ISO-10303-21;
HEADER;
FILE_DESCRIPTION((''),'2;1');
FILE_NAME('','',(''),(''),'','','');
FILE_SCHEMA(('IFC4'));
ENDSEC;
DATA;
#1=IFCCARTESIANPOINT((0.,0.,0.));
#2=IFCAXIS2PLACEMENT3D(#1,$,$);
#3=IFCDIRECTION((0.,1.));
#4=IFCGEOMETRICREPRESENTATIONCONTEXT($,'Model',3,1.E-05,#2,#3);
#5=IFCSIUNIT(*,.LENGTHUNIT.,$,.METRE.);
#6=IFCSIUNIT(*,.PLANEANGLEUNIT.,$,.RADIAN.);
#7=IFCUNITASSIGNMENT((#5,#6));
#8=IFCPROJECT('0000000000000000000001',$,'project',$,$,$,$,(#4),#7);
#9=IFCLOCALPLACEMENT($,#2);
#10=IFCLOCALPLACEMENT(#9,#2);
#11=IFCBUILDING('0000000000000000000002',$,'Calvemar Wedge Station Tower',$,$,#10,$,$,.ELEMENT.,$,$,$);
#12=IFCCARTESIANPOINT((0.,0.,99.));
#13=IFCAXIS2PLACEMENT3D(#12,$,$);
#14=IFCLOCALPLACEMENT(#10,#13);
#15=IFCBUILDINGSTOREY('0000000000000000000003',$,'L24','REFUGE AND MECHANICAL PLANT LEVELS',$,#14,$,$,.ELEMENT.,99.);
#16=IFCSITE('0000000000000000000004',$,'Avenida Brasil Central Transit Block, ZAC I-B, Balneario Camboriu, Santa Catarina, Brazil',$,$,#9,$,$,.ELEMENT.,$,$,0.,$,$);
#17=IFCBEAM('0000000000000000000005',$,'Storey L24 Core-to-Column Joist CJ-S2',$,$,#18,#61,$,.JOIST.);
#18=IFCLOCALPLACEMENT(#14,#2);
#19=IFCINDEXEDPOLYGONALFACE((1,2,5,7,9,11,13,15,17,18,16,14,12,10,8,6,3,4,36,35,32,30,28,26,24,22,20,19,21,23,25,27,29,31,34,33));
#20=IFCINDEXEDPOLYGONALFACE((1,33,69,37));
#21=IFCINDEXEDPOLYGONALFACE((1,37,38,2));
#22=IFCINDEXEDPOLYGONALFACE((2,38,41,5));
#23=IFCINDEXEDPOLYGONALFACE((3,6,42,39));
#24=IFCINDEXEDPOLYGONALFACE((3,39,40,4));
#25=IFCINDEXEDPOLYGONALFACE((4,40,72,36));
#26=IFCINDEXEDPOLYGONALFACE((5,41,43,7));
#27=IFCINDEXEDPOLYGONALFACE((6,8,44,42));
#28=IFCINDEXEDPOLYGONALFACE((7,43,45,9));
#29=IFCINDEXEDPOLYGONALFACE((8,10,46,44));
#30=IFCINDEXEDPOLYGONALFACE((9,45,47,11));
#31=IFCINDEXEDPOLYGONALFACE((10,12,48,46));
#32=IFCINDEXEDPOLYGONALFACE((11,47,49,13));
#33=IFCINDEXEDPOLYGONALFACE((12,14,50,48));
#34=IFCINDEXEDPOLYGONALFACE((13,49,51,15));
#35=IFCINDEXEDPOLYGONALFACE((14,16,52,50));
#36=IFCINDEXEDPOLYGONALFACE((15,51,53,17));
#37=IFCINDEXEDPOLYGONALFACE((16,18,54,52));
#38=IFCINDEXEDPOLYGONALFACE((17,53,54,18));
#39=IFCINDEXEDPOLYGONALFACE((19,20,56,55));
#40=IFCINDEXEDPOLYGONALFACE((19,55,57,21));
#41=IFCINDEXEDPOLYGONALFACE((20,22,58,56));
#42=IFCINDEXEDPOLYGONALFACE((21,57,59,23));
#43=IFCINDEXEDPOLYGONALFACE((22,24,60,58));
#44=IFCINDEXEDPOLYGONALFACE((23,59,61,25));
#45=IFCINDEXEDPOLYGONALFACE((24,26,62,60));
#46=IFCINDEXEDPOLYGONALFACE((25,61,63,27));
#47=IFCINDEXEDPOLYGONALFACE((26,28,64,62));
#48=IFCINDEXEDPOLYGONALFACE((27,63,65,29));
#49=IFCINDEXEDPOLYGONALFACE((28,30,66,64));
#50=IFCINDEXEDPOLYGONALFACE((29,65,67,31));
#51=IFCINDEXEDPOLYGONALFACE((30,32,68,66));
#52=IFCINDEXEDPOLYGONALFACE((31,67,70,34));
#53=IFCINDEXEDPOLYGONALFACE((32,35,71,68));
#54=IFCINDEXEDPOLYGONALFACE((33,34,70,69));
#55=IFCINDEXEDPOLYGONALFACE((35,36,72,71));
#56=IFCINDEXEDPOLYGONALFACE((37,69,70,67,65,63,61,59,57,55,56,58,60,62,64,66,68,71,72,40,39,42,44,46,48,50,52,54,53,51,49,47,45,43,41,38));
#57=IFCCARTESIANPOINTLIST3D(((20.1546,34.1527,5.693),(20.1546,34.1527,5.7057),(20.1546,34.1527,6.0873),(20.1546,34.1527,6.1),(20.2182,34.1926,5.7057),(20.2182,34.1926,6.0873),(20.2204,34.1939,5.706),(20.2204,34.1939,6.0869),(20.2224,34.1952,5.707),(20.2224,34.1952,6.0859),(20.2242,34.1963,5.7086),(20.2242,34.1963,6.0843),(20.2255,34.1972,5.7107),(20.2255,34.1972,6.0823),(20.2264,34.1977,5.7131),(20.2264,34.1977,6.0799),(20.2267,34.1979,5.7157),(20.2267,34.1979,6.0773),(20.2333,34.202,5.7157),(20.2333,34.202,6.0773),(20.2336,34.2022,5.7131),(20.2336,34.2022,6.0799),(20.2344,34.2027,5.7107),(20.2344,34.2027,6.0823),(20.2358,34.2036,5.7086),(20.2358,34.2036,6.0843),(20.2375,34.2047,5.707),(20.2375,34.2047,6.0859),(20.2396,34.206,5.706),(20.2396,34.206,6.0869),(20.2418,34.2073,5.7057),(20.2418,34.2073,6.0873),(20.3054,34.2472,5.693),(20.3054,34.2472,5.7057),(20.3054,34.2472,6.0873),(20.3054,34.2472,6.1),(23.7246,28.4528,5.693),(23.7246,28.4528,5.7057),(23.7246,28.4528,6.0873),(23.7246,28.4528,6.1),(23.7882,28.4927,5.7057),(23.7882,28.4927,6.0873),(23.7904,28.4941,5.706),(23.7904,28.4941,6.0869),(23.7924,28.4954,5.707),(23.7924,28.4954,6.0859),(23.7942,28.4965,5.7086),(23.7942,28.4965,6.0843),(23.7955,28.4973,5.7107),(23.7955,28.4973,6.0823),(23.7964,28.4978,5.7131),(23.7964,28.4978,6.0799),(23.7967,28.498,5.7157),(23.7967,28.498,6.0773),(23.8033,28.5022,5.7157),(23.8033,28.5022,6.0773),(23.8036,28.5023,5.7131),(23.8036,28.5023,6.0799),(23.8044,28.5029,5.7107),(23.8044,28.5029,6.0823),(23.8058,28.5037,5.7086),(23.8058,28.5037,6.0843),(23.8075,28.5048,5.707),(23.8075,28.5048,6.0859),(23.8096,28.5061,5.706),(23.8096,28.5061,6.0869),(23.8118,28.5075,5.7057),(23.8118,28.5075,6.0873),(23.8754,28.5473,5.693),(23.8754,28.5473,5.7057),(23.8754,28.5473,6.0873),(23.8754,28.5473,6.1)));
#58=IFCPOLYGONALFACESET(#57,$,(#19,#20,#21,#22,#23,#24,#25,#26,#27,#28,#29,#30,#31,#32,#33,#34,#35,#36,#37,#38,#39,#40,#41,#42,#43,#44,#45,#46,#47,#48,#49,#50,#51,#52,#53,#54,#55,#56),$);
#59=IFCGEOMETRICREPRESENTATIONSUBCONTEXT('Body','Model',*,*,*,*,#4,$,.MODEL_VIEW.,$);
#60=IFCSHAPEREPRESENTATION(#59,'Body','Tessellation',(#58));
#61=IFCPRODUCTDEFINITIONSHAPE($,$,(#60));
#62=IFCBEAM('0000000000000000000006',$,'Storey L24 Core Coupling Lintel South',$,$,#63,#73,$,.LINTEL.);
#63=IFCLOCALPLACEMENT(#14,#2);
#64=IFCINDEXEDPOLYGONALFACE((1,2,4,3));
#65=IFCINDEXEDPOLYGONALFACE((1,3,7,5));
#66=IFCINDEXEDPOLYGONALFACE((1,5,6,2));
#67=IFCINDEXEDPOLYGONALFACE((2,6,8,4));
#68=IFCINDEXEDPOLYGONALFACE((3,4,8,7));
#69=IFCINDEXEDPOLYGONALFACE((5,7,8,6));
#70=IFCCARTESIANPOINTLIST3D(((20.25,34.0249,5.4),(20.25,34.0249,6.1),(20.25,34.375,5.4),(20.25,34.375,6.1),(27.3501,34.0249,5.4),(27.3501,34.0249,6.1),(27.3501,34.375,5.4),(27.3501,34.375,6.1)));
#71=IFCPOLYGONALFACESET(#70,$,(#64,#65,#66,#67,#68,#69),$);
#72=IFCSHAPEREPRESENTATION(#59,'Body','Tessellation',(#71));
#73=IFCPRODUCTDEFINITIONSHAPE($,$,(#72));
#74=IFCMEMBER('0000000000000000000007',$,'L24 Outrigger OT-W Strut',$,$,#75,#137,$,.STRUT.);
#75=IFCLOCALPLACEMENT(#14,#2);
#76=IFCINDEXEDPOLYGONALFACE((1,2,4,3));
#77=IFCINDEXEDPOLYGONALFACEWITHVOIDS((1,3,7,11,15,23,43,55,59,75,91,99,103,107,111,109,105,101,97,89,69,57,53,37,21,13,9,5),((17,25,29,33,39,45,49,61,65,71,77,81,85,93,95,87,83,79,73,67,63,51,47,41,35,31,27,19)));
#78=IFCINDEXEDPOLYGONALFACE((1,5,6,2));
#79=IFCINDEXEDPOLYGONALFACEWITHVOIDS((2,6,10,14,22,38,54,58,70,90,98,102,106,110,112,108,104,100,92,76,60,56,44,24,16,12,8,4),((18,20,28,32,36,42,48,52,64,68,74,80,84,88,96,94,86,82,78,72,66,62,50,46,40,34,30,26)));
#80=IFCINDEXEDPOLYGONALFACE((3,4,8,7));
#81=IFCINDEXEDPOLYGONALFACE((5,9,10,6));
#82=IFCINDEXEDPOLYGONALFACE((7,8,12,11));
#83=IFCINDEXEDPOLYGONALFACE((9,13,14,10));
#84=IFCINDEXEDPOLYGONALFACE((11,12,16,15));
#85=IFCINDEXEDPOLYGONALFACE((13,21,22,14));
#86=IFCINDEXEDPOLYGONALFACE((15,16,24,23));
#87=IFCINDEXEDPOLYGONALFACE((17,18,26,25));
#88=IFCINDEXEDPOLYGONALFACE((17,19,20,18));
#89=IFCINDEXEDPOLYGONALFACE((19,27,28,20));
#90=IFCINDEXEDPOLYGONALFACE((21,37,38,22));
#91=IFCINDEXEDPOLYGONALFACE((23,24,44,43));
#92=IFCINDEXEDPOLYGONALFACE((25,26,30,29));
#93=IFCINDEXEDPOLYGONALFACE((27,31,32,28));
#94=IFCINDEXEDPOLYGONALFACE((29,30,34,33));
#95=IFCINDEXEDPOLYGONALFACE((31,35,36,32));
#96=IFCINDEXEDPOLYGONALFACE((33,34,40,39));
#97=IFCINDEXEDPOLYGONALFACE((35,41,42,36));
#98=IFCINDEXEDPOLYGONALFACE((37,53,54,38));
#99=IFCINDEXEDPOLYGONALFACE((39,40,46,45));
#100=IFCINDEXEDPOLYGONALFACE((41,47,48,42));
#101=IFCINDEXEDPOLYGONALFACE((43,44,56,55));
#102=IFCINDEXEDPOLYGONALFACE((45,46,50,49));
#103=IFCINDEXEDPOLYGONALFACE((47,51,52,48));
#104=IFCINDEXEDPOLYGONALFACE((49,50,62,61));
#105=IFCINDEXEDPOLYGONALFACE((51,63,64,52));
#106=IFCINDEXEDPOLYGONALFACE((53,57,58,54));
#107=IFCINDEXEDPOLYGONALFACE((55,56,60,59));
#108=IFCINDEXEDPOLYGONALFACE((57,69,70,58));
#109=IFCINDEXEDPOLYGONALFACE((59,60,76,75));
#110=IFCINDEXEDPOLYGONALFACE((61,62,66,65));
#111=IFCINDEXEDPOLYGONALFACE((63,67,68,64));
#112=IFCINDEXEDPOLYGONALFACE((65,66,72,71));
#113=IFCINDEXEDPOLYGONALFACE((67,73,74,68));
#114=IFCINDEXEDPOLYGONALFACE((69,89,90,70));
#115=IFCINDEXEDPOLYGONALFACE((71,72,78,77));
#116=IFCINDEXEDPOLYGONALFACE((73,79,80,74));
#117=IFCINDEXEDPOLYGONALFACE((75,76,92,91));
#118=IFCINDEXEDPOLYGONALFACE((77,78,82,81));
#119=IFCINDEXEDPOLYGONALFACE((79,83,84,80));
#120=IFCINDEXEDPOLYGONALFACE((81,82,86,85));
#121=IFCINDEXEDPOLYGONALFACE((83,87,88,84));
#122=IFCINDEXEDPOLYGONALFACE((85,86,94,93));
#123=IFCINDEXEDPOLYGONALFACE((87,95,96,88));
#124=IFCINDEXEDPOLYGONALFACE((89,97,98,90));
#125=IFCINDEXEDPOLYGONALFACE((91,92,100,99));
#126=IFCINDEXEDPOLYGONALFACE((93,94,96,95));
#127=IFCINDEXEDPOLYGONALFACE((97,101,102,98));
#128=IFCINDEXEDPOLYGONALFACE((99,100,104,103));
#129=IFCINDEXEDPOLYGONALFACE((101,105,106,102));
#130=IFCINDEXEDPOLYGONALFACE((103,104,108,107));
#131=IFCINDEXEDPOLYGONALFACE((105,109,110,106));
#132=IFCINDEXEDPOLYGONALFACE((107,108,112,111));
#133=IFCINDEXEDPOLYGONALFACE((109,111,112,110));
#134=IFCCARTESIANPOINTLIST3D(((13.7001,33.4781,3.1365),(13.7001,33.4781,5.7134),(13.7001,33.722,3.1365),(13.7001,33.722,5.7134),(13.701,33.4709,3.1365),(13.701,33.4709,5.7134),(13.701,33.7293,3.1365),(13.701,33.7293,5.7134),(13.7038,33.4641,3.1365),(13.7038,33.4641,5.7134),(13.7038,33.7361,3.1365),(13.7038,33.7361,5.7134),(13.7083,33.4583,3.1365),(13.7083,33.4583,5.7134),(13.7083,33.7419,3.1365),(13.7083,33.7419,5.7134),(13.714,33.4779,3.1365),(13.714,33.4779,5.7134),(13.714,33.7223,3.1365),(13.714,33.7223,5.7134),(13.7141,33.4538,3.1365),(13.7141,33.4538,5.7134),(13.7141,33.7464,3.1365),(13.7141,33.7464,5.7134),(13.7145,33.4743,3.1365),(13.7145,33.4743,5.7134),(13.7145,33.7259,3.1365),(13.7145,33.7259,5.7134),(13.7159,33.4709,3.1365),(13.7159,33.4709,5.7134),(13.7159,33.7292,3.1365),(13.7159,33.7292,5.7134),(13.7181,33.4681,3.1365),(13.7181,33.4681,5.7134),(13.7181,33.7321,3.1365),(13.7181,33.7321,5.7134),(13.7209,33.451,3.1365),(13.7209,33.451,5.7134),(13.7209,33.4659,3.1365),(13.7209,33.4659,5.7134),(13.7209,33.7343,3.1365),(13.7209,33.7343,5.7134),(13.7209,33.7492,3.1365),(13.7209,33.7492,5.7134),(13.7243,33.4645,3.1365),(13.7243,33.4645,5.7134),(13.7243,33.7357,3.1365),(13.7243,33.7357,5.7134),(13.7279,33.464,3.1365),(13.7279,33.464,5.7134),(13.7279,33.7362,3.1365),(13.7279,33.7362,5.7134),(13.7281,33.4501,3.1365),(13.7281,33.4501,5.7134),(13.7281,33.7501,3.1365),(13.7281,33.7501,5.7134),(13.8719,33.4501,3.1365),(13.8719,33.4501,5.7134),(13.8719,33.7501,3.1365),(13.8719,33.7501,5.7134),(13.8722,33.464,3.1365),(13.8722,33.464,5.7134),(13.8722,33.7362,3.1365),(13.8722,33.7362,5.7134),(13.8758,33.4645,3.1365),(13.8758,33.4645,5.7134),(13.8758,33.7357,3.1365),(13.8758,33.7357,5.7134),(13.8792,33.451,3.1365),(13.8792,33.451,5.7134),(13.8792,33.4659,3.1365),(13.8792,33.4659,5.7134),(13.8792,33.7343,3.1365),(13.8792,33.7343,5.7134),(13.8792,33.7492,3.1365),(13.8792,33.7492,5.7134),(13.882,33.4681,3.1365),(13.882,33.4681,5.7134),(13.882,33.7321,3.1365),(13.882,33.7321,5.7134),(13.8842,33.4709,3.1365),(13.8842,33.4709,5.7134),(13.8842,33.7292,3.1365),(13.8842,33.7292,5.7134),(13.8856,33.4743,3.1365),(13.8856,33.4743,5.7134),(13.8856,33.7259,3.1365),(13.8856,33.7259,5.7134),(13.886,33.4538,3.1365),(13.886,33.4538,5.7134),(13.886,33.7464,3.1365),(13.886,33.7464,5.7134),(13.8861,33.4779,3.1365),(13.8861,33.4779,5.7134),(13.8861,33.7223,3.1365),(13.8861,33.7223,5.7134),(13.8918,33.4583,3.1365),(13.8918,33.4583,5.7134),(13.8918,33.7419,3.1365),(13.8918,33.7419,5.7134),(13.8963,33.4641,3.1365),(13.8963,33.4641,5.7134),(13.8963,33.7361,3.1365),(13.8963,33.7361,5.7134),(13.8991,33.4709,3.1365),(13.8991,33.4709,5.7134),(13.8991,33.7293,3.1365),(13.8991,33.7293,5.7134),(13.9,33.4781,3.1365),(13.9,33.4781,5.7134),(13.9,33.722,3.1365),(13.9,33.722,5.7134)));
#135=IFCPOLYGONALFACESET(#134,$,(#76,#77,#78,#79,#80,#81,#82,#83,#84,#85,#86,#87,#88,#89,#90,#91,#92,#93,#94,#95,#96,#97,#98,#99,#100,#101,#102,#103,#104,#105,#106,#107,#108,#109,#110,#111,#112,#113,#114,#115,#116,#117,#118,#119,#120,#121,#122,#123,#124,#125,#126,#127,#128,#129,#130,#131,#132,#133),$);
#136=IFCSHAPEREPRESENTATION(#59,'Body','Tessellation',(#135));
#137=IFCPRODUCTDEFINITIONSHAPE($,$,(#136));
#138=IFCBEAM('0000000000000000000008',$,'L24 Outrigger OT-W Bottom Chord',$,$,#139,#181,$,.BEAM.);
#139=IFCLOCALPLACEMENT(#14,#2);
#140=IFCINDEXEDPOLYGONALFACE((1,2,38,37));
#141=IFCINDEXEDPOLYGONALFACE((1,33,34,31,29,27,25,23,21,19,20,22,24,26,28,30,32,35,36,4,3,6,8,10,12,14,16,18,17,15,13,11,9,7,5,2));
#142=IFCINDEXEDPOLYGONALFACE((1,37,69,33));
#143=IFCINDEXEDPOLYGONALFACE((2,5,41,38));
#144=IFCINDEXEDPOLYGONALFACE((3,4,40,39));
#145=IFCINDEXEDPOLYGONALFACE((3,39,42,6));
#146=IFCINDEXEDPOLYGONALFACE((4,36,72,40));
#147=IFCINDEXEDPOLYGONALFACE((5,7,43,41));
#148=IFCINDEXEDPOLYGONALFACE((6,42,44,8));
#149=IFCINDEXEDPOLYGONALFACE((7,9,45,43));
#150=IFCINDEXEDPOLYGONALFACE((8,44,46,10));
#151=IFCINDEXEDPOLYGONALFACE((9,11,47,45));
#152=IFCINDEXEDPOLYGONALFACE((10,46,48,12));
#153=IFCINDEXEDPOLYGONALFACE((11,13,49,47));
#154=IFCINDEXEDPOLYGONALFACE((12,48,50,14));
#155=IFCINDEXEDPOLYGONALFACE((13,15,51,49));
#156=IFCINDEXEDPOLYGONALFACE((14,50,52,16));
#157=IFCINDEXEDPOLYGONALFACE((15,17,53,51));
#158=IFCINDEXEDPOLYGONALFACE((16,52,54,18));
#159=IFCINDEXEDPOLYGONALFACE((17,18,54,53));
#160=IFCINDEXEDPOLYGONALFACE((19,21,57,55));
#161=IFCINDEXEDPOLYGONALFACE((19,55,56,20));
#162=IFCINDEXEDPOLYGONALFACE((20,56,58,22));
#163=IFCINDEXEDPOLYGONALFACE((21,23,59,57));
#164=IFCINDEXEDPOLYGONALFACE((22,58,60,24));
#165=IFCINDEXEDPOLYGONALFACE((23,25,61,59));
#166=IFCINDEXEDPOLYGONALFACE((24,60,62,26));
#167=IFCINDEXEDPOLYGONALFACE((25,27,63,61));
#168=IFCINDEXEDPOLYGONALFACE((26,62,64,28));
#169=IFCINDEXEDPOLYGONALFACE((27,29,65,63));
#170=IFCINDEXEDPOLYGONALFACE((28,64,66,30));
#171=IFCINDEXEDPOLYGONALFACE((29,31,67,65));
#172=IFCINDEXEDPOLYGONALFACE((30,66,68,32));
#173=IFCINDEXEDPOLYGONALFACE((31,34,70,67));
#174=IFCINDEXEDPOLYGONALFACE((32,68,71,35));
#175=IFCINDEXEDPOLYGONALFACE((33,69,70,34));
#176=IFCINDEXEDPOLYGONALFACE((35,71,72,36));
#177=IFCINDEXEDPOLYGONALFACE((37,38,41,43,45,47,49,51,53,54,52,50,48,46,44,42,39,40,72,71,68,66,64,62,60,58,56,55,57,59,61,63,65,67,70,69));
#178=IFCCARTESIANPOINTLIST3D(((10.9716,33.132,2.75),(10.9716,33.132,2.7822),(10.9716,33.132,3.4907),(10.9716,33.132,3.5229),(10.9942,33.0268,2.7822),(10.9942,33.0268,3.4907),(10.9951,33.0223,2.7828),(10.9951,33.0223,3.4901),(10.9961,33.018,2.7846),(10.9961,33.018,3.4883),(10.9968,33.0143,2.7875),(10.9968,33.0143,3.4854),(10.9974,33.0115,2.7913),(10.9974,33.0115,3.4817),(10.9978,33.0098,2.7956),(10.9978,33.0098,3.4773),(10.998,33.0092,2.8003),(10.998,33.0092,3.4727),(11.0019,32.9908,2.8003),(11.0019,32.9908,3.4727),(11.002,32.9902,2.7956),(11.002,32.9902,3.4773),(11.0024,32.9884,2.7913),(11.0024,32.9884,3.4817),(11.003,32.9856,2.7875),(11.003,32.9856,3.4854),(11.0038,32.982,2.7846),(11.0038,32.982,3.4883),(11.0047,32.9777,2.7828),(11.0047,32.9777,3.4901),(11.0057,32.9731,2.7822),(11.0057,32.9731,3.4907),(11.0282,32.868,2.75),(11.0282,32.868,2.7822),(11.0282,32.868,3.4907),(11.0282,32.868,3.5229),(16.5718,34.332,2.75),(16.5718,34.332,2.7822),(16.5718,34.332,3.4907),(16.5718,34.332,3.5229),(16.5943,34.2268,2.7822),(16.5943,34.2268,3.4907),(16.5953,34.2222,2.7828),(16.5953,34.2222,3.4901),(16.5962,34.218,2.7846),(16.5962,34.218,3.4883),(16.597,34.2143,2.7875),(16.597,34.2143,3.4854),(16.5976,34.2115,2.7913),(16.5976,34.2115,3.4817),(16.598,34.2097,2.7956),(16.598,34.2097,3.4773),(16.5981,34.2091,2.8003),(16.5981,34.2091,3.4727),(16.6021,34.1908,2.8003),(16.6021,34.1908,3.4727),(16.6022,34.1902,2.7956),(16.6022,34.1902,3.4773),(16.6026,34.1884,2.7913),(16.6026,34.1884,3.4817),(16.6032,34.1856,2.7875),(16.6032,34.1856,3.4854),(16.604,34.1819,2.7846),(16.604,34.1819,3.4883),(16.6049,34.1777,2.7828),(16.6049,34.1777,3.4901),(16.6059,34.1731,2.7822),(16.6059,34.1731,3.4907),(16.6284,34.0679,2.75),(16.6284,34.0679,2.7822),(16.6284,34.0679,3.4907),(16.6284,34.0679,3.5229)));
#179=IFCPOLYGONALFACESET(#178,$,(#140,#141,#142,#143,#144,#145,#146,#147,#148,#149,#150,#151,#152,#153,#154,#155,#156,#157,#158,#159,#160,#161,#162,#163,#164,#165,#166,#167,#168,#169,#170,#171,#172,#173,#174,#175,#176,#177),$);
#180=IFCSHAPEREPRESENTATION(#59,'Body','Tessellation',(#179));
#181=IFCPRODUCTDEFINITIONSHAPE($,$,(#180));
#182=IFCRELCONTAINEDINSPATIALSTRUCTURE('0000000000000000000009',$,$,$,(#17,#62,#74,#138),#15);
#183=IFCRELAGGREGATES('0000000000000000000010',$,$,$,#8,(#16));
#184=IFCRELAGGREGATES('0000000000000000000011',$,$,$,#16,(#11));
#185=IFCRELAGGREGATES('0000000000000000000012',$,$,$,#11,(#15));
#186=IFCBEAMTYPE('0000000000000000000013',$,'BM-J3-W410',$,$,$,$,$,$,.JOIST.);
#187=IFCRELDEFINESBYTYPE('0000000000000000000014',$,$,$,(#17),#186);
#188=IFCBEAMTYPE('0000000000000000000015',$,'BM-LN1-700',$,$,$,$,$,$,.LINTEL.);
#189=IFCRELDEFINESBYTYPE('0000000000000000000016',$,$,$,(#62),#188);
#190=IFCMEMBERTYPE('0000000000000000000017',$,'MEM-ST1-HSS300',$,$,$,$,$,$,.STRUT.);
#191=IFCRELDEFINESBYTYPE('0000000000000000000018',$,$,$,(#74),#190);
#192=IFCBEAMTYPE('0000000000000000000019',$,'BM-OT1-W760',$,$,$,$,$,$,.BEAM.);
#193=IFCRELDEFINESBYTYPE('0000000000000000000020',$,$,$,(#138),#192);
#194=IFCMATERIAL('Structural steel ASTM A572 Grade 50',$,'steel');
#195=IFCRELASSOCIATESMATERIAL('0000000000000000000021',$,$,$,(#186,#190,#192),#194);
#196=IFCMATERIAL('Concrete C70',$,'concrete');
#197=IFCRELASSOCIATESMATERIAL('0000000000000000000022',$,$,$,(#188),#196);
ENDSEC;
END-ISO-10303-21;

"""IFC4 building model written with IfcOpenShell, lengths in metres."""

from ifc_helpers import new_model, si_unit, direction, frame, origin, origin_2d, place, context, subcontext, project, spatial, rectangle, hollow_rectangle, i_section, extrude, source, transform, mapped, material, material_profile, profile_set, type_object, element, save


model = new_model("IFC4")

# Units and contexts
model_context = context("Model", 3, precision=1e-05, world=origin(), true_north=direction((0.0, 1.0)))
body_context = subcontext(model_context, "Body", "Model", "MODEL_VIEW")
ifc_project = project(units=[si_unit("LENGTHUNIT", "METRE"), si_unit("PLANEANGLEUNIT", "RADIAN")], contexts=[model_context])

# Site, building, storey
site_placement = place(None, origin())
site = spatial("IfcSite", under=ifc_project, at=site_placement, Name="Avenida Brasil Central Transit Block, ZAC I-B, Balneario Camboriu, Santa Catarina, Brazil", CompositionType="ELEMENT", RefElevation=0.0)
building_placement = place(site_placement, origin())
building = spatial("IfcBuilding", under=site, at=building_placement, Name="Calvemar Wedge Station Tower", CompositionType="ELEMENT")
storey_placement = place(building_placement, frame((0.0, 0.0, 99.0)))
storey = spatial("IfcBuildingStorey", under=building, at=storey_placement, Name="L24", Description="REFUGE AND MECHANICAL PLANT LEVELS", CompositionType="ELEMENT", Elevation=99.0)

# Shared definitions
ifc_material_1 = material(Name="Concrete C70", Category="concrete")

# Beams
ifc_material_2 = material(Name="Structural steel ASTM A572 Grade 50", Category="steel")
ifc_material_profile_1 = material_profile(ifc_material_2, i_section(OverallWidth=0.178, OverallDepth=0.407, WebThickness=0.0078, FlangeThickness=0.0127, FilletRadius=0.01, at=origin_2d()), Name="W410x60")
ifc_profile_set_1 = profile_set([ifc_material_profile_1], Name="Structural steel ASTM A572 Grade 50")
beam_type_1 = type_object("IfcBeamType", Name="BM-J3-W410", PredefinedType="JOIST", material=ifc_profile_set_1)
shared_shape_1 = source(origin(), body_context, "Body", "SweptSolid", [
    extrude(i_section(OverallWidth=0.178, OverallDepth=0.407, WebThickness=0.0078, FlangeThickness=0.0127, FilletRadius=0.01, at=origin_2d()), origin(), (0.0, 0.0, 1.0), 6.7256),
])
beam_1_placement = place(storey_placement, frame((20.23, 34.2, 5.8965), z_axis=(0.530811, -0.84749, 0.0), x_axis=(0.84749, 0.530811, 0.0)))
element("IfcBeam", 1, at=beam_1_placement, inside=storey, type_object=beam_type_1, Name="Storey L24 Core-to-Column Joist CJ-S2", PredefinedType="JOIST", context=body_context, shape_type="MappedRepresentation", body=[
    mapped(shared_shape_1, transform((0.0, 0.0, 0.0), scale=1.0)),
])
ifc_material_profile_2 = material_profile(ifc_material_1, rectangle(XDim=0.3501, YDim=0.7, at=origin_2d()), Name="RC350x700")
ifc_profile_set_2 = profile_set([ifc_material_profile_2], Name="Concrete C70")
beam_type_2 = type_object("IfcBeamType", Name="BM-LN1-700", PredefinedType="LINTEL", material=ifc_profile_set_2)
shared_shape_2 = source(origin(), body_context, "Body", "SweptSolid", [
    extrude(rectangle(XDim=0.3501, YDim=0.7, at=origin_2d()), origin(), (0.0, 0.0, 1.0), 7.1001),
])
beam_2_placement = place(storey_placement, frame((20.25, 34.2, 5.75), z_axis=(1.0, 0.0, 0.0), x_axis=(0.0, 1.0, 0.0)))
element("IfcBeam", 2, at=beam_2_placement, inside=storey, type_object=beam_type_2, Name="Storey L24 Core Coupling Lintel South", PredefinedType="LINTEL", context=body_context, shape_type="MappedRepresentation", body=[
    mapped(shared_shape_2, transform((0.0, 0.0, 0.0), scale=1.0)),
])

# Member
ifc_material_profile_3 = material_profile(ifc_material_2, hollow_rectangle(XDim=0.2, YDim=0.3, WallThickness=0.0139, InnerFilletRadius=0.0139, OuterFilletRadius=0.0281, at=origin_2d()), Name="HSS300x200x14")
ifc_profile_set_3 = profile_set([ifc_material_profile_3], Name="Structural steel ASTM A572 Grade 50")
member_type_1 = type_object("IfcMemberType", Name="MEM-ST1-HSS300", PredefinedType="STRUT", material=ifc_profile_set_3)
shared_shape_3 = source(origin(), body_context, "Body", "SweptSolid", [
    extrude(hollow_rectangle(XDim=0.2, YDim=0.3, WallThickness=0.0139, InnerFilletRadius=0.0139, OuterFilletRadius=0.0281, at=origin_2d()), origin(), (0.0, 0.0, 1.0), 2.5769),
])
member_placement = place(storey_placement, frame((13.8, 33.6001, 3.1365), z_axis=(0.0, 0.0, 1.0), x_axis=(1.0, 0.0, 0.0)))
element("IfcMember", 3, at=member_placement, inside=storey, type_object=member_type_1, Name="L24 Outrigger OT-W Strut", PredefinedType="STRUT", context=body_context, shape_type="MappedRepresentation", body=[
    mapped(shared_shape_3, transform((0.0, 0.0, 0.0), scale=1.0)),
])

# Beam
ifc_material_profile_4 = material_profile(ifc_material_2, i_section(OverallWidth=0.27, OverallDepth=0.7729, WebThickness=0.0188, FlangeThickness=0.0322, FilletRadius=0.0181, at=origin_2d()), Name="W760x257")
ifc_profile_set_4 = profile_set([ifc_material_profile_4], Name="Structural steel ASTM A572 Grade 50")
beam_type_3 = type_object("IfcBeamType", Name="BM-OT1-W760", PredefinedType="BEAM", material=ifc_profile_set_4)
shared_shape_4 = source(origin(), body_context, "Body", "SweptSolid", [
    extrude(i_section(OverallWidth=0.27, OverallDepth=0.7729, WebThickness=0.0188, FlangeThickness=0.0322, FilletRadius=0.0181, at=origin_2d()), origin(), (0.0, 0.0, 1.0), 5.7273),
])
for number, where, z_axis, x_axis, name in (
    (4, (16.6001, 34.2, 3.1365), (-0.977805, -0.209517, 0.0), (0.209517, -0.977805, 0.0), "L24 Outrigger OT-W Bottom Chord"),
):
    element("IfcBeam", number, at=place(storey_placement, frame(where, z_axis=z_axis, x_axis=x_axis)), inside=storey, type_object=beam_type_3, Name=name, PredefinedType="BEAM", context=body_context, shape_type="MappedRepresentation", body=[
        mapped(shared_shape_4, transform((0.0, 0.0, 0.0), scale=1.0)),
    ])

save(model, "model.ifc")
